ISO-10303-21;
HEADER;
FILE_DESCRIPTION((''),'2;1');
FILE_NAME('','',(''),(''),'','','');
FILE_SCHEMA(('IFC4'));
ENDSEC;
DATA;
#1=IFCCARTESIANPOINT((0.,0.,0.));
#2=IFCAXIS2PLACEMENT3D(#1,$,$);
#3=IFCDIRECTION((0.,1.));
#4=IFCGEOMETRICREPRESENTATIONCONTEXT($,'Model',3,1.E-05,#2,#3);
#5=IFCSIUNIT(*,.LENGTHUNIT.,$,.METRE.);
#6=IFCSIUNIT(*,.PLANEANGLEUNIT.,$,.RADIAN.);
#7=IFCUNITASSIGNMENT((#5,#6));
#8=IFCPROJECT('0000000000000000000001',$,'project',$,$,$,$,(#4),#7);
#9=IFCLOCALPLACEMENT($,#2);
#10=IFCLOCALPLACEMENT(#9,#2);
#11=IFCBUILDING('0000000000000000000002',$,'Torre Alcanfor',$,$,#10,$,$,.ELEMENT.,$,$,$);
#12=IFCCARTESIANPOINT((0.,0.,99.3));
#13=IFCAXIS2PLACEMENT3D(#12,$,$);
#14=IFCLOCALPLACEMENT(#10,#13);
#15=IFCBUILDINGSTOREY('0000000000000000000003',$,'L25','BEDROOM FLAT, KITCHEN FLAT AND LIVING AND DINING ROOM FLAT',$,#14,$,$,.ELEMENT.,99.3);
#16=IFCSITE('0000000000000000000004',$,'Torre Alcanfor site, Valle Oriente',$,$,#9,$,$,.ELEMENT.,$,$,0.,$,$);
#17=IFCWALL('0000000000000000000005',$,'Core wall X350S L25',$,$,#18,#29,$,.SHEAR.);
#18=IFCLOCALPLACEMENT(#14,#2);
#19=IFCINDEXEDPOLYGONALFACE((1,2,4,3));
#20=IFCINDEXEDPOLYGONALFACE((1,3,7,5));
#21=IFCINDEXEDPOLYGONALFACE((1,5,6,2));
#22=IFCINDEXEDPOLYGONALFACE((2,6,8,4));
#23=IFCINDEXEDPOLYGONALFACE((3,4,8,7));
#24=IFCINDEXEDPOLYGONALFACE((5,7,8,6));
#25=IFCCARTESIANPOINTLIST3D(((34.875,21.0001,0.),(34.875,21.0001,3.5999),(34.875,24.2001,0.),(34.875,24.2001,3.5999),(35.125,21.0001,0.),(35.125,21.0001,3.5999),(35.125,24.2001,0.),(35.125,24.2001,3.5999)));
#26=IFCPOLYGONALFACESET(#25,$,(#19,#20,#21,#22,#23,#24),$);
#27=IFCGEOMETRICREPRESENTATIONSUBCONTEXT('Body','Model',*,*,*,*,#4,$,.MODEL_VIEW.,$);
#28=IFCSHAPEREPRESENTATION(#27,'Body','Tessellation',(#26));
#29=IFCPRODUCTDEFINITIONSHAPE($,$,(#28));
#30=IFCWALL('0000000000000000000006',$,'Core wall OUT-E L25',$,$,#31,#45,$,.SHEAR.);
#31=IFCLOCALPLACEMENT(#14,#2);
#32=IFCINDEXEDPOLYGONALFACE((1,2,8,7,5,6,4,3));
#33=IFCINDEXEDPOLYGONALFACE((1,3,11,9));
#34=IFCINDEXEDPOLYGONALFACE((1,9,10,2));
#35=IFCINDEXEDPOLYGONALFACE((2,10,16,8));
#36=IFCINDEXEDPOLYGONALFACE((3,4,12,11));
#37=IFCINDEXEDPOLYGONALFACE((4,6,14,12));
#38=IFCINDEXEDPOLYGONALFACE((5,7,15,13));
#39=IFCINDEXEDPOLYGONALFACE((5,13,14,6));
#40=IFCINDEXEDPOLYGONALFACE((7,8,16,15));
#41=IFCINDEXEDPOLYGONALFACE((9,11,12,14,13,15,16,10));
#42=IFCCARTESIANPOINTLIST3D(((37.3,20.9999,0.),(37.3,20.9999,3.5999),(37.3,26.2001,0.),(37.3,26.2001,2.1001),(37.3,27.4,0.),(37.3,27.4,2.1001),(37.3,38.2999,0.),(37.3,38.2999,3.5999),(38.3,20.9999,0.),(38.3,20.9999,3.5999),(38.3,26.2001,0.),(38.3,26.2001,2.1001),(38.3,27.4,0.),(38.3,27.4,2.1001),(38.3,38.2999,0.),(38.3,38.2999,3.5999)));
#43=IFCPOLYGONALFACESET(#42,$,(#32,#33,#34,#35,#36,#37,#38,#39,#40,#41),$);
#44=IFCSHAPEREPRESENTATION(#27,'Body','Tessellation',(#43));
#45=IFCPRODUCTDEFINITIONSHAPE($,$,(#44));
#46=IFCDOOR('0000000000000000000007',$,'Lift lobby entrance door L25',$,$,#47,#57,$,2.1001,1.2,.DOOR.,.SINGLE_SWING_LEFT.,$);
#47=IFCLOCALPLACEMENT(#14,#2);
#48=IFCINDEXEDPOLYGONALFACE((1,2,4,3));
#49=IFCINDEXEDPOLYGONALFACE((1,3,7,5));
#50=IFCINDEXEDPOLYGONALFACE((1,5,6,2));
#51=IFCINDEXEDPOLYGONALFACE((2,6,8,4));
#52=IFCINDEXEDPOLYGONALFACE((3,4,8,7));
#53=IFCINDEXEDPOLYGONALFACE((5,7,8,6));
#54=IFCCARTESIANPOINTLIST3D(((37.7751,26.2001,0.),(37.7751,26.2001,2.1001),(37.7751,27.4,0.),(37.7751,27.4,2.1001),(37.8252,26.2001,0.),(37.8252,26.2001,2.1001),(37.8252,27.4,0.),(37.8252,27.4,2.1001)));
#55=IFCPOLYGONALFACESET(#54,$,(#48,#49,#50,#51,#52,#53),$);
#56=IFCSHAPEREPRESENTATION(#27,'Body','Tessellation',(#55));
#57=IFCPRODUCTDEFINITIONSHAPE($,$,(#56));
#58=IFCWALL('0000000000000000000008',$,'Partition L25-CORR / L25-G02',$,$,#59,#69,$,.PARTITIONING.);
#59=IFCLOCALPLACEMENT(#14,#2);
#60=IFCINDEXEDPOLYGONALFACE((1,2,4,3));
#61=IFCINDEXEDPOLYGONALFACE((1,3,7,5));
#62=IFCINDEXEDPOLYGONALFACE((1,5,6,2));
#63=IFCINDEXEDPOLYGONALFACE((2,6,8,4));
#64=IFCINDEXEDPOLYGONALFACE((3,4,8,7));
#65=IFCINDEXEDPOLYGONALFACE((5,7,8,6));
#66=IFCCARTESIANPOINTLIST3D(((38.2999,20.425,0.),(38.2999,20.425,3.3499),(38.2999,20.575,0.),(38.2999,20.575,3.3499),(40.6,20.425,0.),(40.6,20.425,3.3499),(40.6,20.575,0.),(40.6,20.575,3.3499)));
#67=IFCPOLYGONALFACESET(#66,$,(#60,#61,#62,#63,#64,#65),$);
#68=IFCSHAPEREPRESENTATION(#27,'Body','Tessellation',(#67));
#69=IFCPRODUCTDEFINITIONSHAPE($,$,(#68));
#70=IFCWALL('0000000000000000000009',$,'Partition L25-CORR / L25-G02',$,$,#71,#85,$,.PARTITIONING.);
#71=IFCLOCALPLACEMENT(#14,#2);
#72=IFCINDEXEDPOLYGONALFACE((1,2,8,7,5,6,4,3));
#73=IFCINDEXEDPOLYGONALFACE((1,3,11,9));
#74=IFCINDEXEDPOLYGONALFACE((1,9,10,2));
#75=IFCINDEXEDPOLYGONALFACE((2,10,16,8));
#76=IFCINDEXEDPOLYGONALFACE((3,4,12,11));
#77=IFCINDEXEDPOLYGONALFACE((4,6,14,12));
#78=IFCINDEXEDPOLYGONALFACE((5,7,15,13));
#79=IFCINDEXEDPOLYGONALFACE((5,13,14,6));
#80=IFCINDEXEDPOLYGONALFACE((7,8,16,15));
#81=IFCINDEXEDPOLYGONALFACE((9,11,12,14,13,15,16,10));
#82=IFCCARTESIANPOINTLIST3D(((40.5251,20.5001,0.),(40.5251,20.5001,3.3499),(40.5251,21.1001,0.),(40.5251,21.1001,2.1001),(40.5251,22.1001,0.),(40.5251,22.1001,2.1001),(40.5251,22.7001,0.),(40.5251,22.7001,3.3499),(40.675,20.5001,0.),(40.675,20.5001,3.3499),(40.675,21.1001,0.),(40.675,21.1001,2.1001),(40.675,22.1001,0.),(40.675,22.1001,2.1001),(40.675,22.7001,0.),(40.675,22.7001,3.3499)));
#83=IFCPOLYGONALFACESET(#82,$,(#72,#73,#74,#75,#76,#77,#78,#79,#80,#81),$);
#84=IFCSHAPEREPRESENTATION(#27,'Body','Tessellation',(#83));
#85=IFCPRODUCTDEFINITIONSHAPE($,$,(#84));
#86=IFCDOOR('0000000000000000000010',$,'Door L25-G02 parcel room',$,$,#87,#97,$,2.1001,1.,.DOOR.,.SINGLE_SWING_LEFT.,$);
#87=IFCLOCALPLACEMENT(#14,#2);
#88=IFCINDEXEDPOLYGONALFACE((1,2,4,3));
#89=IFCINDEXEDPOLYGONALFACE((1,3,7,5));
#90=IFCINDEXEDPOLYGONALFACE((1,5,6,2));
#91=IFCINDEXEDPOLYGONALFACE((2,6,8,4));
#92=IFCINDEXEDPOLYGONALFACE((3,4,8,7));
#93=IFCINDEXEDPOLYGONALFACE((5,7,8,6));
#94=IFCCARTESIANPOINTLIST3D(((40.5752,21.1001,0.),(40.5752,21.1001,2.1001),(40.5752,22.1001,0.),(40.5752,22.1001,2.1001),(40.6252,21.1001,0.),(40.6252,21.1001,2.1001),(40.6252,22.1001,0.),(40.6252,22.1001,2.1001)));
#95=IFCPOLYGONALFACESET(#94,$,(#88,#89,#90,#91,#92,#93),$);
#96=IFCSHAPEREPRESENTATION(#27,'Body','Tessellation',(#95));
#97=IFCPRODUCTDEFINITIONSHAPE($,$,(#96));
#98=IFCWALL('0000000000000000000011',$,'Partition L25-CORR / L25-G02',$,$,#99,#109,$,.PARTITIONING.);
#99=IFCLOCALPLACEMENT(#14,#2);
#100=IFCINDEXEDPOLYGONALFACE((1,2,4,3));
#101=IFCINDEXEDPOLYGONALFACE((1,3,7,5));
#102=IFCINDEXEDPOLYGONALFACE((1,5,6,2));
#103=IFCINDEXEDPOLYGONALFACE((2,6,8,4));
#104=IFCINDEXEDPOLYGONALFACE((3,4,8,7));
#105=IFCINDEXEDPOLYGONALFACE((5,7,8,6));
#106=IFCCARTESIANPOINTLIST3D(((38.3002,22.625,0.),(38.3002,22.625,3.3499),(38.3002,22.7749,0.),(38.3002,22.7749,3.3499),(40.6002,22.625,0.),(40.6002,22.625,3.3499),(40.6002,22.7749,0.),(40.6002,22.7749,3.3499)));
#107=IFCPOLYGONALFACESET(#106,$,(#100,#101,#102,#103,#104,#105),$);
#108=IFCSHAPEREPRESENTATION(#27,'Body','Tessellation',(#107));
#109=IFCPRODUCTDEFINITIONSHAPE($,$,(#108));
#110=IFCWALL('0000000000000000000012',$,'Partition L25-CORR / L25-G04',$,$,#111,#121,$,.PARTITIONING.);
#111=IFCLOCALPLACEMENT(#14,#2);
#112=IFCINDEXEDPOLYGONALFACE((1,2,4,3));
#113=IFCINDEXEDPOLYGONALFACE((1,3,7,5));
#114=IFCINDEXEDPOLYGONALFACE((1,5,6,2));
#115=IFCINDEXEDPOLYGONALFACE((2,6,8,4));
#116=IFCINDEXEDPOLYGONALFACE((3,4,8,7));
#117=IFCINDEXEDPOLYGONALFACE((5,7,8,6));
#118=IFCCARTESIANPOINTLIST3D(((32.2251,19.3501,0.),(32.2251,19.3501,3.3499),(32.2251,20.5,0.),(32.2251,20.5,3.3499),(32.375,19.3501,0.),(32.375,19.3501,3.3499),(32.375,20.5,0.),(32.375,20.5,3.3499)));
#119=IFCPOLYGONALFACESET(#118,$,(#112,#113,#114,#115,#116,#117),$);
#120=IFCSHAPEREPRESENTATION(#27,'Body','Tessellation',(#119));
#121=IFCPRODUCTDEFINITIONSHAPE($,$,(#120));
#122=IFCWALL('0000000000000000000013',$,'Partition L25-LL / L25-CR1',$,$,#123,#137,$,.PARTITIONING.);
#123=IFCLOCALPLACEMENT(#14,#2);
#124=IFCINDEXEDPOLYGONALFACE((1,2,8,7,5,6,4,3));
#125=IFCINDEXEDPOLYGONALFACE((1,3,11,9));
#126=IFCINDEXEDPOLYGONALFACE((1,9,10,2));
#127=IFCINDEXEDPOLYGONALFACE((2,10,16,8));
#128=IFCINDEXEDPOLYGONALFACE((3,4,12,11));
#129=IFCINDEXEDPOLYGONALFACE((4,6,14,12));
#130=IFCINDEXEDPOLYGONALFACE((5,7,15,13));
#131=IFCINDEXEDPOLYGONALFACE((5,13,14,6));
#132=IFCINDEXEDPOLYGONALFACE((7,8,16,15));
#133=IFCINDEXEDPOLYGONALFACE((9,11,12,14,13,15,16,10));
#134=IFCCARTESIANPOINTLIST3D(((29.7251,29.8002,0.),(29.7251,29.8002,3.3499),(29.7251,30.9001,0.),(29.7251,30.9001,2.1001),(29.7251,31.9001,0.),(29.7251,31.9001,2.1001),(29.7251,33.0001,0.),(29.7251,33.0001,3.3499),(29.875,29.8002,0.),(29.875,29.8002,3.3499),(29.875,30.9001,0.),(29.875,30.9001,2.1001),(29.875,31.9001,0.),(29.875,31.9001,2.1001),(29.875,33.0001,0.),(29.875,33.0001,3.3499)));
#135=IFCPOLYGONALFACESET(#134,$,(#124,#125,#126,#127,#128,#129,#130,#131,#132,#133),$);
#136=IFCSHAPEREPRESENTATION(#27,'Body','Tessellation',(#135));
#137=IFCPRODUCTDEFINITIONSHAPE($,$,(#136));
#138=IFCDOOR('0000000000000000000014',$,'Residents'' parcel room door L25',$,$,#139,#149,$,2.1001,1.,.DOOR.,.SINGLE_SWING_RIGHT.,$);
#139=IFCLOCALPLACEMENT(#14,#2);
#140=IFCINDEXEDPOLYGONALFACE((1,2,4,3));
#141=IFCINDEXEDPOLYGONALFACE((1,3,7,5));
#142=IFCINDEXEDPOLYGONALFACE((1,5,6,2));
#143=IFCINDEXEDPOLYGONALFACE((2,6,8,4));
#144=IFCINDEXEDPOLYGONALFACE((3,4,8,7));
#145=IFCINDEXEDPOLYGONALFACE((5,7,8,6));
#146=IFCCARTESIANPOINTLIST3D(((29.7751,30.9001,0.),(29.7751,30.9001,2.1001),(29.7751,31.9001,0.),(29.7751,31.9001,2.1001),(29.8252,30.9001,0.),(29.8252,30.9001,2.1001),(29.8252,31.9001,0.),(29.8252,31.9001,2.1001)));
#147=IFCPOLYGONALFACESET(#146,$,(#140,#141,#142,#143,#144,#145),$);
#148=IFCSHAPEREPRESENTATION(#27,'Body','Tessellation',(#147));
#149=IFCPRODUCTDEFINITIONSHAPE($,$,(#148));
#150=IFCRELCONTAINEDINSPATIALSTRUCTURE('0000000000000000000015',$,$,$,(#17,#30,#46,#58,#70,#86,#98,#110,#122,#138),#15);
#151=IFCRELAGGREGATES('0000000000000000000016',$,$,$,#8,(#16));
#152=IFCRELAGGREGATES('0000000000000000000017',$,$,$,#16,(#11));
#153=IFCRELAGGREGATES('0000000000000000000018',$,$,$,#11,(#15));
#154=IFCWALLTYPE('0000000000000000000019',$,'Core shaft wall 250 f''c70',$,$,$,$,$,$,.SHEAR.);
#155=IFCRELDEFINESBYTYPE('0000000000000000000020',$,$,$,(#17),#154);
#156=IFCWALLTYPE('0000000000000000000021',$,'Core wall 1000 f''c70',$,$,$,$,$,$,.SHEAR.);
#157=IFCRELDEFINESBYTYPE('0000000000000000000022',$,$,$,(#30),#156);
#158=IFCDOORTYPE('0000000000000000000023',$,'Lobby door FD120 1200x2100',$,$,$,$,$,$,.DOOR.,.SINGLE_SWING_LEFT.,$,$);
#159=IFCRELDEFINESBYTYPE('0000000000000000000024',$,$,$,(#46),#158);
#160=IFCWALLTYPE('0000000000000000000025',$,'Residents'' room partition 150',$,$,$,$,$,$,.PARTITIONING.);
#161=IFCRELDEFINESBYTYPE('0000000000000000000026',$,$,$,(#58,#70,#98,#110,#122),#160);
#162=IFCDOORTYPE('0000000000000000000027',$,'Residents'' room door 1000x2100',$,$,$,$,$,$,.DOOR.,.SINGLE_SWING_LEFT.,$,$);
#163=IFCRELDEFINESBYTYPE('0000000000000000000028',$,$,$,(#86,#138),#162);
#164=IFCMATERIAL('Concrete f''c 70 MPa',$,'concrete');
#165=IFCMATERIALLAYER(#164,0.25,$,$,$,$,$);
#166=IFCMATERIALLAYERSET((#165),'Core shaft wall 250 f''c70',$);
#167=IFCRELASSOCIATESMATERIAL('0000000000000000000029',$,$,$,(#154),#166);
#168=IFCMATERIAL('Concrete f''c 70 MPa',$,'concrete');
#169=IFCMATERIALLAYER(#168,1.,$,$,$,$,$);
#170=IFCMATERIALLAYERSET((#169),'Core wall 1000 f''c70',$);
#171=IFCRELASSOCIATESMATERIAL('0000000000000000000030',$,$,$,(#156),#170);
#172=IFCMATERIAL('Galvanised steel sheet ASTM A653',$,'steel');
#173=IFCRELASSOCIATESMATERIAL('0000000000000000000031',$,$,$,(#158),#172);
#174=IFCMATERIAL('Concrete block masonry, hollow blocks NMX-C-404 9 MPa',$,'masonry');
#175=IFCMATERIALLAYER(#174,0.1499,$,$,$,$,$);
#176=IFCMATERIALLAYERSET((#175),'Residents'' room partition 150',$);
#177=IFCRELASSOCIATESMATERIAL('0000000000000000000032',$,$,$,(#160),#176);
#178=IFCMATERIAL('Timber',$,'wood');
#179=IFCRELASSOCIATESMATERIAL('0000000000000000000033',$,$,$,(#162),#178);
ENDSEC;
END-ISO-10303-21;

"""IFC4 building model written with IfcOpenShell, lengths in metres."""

from ifc_helpers import new_model, si_unit, direction, frame, frame_2d, origin, place, context, subcontext, project, spatial, rectangle, extrude, material, layer, layer_set, type_object, element, fill, save


model = new_model("IFC4")

# Units and contexts
model_context = context("Model", 3, precision=1e-05, world=origin(), true_north=direction((0.0, 1.0)))
body_context = subcontext(model_context, "Body", "Model", "MODEL_VIEW")
ifc_project = project(units=[si_unit("LENGTHUNIT", "METRE"), si_unit("PLANEANGLEUNIT", "RADIAN")], contexts=[model_context])

# Site, building, storey
site_placement = place(None, origin())
site = spatial("IfcSite", under=ifc_project, at=site_placement, Name="Torre Alcanfor site, Valle Oriente", CompositionType="ELEMENT", RefElevation=0.0)
building_placement = place(site_placement, origin())
building = spatial("IfcBuilding", under=site, at=building_placement, Name="Torre Alcanfor", CompositionType="ELEMENT")
storey_placement = place(building_placement, frame((0.0, 0.0, 99.3)))
storey = spatial("IfcBuildingStorey", under=building, at=storey_placement, Name="L25", Description="BEDROOM FLAT, KITCHEN FLAT AND LIVING AND DINING ROOM FLAT", CompositionType="ELEMENT", Elevation=99.3)

# Wall
ifc_material_1 = material(Name="Concrete f'c 70 MPa", Category="concrete")
ifc_layer_1 = layer(ifc_material_1, 0.25)
ifc_layer_set_1 = layer_set([ifc_layer_1], Name="Core shaft wall 250 f'c70")
wall_type_1 = type_object("IfcWallType", Name="Core shaft wall 250 f'c70", PredefinedType="SHEAR", material=ifc_layer_set_1)
for number, where, z_axis, x_axis, name in (
    (1, (35.0, 21.0, 0.0), (0.0, 0.0, 1.0), (0.0, 1.0, 0.0), "Core wall X350S L25"),
):
    element("IfcWall", number, at=place(storey_placement, frame(where, z_axis=z_axis, x_axis=x_axis)), inside=storey, type_object=wall_type_1, Name=name, PredefinedType="SHEAR", context=body_context, shape_type="SweptSolid", body=[
        extrude(rectangle(XDim=3.2, YDim=0.25, at=frame_2d((1.6001, 0.0))), origin(), (0.0, 0.0, 1.0), 3.5999),
    ])

# Wall, opening, door
ifc_material_2 = material(Name="Concrete f'c 70 MPa", Category="concrete")
ifc_layer_2 = layer(ifc_material_2, 1.0)
ifc_layer_set_2 = layer_set([ifc_layer_2], Name="Core wall 1000 f'c70")
wall_type_2 = type_object("IfcWallType", Name="Core wall 1000 f'c70", PredefinedType="SHEAR", material=ifc_layer_set_2)
wall_1_placement = place(storey_placement, frame((37.8, 21.0, 0.0), z_axis=(0.0, 0.0, 1.0), x_axis=(0.0, 1.0, 0.0)))
wall_1 = element("IfcWall", 2, at=wall_1_placement, inside=storey, type_object=wall_type_2, Name="Core wall OUT-E L25", PredefinedType="SHEAR", context=body_context, shape_type="SweptSolid", body=[
    extrude(rectangle(XDim=17.3, YDim=1.0, at=frame_2d((8.6499, 0.0))), origin(), (0.0, 0.0, 1.0), 3.5999),
])
opening_1_placement = place(wall_1_placement, frame((5.2, 0.0, 0.0)))
opening_1 = element("IfcOpeningElement", 3, at=opening_1_placement, cuts=wall_1, PredefinedType="OPENING", context=body_context, shape_type="SweptSolid", body=[
    extrude(rectangle(XDim=1.2, YDim=2.1001, at=frame_2d((0.6001, 1.05))), frame((0.0, 0.51, 0.0), z_axis=(0.0, -1.0, 0.0), x_axis=(1.0, 0.0, 0.0)), (0.0, 0.0, 1.0), 1.02),
])
ifc_material_3 = material(Name="Galvanised steel sheet ASTM A653", Category="steel")
door_type_1 = type_object("IfcDoorType", Name="Lobby door FD120 1200x2100", OperationType="SINGLE_SWING_LEFT", PredefinedType="DOOR", material=ifc_material_3)
door_1_placement = place(opening_1_placement, origin())
door_1 = element("IfcDoor", 4, at=door_1_placement, inside=storey, type_object=door_type_1, Name="Lift lobby entrance door L25", OperationType="SINGLE_SWING_LEFT", OverallHeight=2.1001, OverallWidth=1.2, PredefinedType="DOOR", context=body_context, shape_type="SweptSolid", body=[
    extrude(rectangle(XDim=1.2, YDim=2.1001, at=frame_2d((0.6001, 1.05))), frame((0.0, 0.0249, 0.0), z_axis=(0.0, -1.0, 0.0), x_axis=(1.0, 0.0, 0.0)), (0.0, 0.0, 1.0), 0.05),
])
fill(opening_1, door_1)

# Wall
ifc_material_4 = material(Name="Concrete block masonry, hollow blocks NMX-C-404 9 MPa", Category="masonry")
ifc_layer_3 = layer(ifc_material_4, 0.1499)
ifc_layer_set_3 = layer_set([ifc_layer_3], Name="Residents' room partition 150")
wall_type_3 = type_object("IfcWallType", Name="Residents' room partition 150", PredefinedType="PARTITIONING", material=ifc_layer_set_3)
wall_2_placement = place(storey_placement, frame((38.3, 20.5, 0.0), z_axis=(0.0, 0.0, 1.0), x_axis=(1.0, 0.0, 0.0)))
element("IfcWall", 5, at=wall_2_placement, inside=storey, type_object=wall_type_3, Name="Partition L25-CORR / L25-G02", PredefinedType="PARTITIONING", context=body_context, shape_type="SweptSolid", body=[
    extrude(rectangle(XDim=2.3, YDim=0.1499, at=frame_2d((1.1499, 0.0))), origin(), (0.0, 0.0, 1.0), 3.3499),
])

# Wall, opening, door
wall_3_placement = place(storey_placement, frame((40.6001, 20.5, 0.0), z_axis=(0.0, 0.0, 1.0), x_axis=(0.0, 1.0, 0.0)))
wall_3 = element("IfcWall", 6, at=wall_3_placement, inside=storey, type_object=wall_type_3, Name="Partition L25-CORR / L25-G02", PredefinedType="PARTITIONING", context=body_context, shape_type="SweptSolid", body=[
    extrude(rectangle(XDim=2.2, YDim=0.1499, at=frame_2d((1.1001, 0.0))), origin(), (0.0, 0.0, 1.0), 3.3499),
])
opening_2_placement = place(wall_3_placement, frame((0.6001, 0.0, 0.0)))
opening_2 = element("IfcOpeningElement", 7, at=opening_2_placement, cuts=wall_3, PredefinedType="OPENING", context=body_context, shape_type="SweptSolid", body=[
    extrude(rectangle(XDim=1.0, YDim=2.1001, at=frame_2d((0.5, 1.05))), frame((0.0, 0.085, 0.0), z_axis=(0.0, -1.0, 0.0), x_axis=(1.0, 0.0, 0.0)), (0.0, 0.0, 1.0), 0.1699),
])
ifc_material_5 = material(Name="Timber", Category="wood")
door_type_2 = type_object("IfcDoorType", Name="Residents' room door 1000x2100", OperationType="SINGLE_SWING_LEFT", PredefinedType="DOOR", material=ifc_material_5)
door_2_placement = place(opening_2_placement, origin())
door_2 = element("IfcDoor", 8, at=door_2_placement, inside=storey, type_object=door_type_2, Name="Door L25-G02 parcel room", OperationType="SINGLE_SWING_LEFT", OverallHeight=2.1001, OverallWidth=1.0, PredefinedType="DOOR", context=body_context, shape_type="SweptSolid", body=[
    extrude(rectangle(XDim=1.0, YDim=2.1001, at=frame_2d((0.5, 1.05))), frame((0.0, 0.0249, 0.0), z_axis=(0.0, -1.0, 0.0), x_axis=(1.0, 0.0, 0.0)), (0.0, 0.0, 1.0), 0.05),
])
fill(opening_2, door_2)

# Walls
wall_4_placement = place(storey_placement, frame((40.6001, 22.7, 0.0), z_axis=(0.0, 0.0, 1.0), x_axis=(-1.0, 0.0, 0.0)))
element("IfcWall", 9, at=wall_4_placement, inside=storey, type_object=wall_type_3, Name="Partition L25-CORR / L25-G02", PredefinedType="PARTITIONING", context=body_context, shape_type="SweptSolid", body=[
    extrude(rectangle(XDim=2.3, YDim=0.1499, at=frame_2d((1.1499, 0.0))), origin(), (0.0, 0.0, 1.0), 3.3499),
])
wall_5_placement = place(storey_placement, frame((32.3, 19.3501, 0.0), z_axis=(0.0, 0.0, 1.0), x_axis=(0.0, 1.0, 0.0)))
element("IfcWall", 10, at=wall_5_placement, inside=storey, type_object=wall_type_3, Name="Partition L25-CORR / L25-G04", PredefinedType="PARTITIONING", context=body_context, shape_type="SweptSolid", body=[
    extrude(rectangle(XDim=1.1499, YDim=0.1499, at=frame_2d((0.575, 0.0))), origin(), (0.0, 0.0, 1.0), 3.3499),
])

# Wall, opening, door
wall_6_placement = place(storey_placement, frame((29.8, 29.8, 0.0), z_axis=(0.0, 0.0, 1.0), x_axis=(0.0, 1.0, 0.0)))
wall_6 = element("IfcWall", 11, at=wall_6_placement, inside=storey, type_object=wall_type_3, Name="Partition L25-LL / L25-CR1", PredefinedType="PARTITIONING", context=body_context, shape_type="SweptSolid", body=[
    extrude(rectangle(XDim=3.2, YDim=0.1499, at=frame_2d((1.6001, 0.0))), origin(), (0.0, 0.0, 1.0), 3.3499),
])
opening_3_placement = place(wall_6_placement, frame((1.1001, 0.0, 0.0)))
opening_3 = element("IfcOpeningElement", 12, at=opening_3_placement, cuts=wall_6, PredefinedType="OPENING", context=body_context, shape_type="SweptSolid", body=[
    extrude(rectangle(XDim=1.0, YDim=2.1001, at=frame_2d((0.5, 1.05))), frame((0.0, 0.085, 0.0), z_axis=(0.0, -1.0, 0.0), x_axis=(1.0, 0.0, 0.0)), (0.0, 0.0, 1.0), 0.1699),
])
door_3_placement = place(opening_3_placement, frame((1.0, 0.0, 0.0), z_axis=(0.0, 0.0, 1.0), x_axis=(-1.0, 0.0, 0.0)))
door_3 = element("IfcDoor", 13, at=door_3_placement, inside=storey, type_object=door_type_2, Name="Residents' parcel room door L25", OperationType="SINGLE_SWING_RIGHT", OverallHeight=2.1001, OverallWidth=1.0, PredefinedType="DOOR", context=body_context, shape_type="SweptSolid", body=[
    extrude(rectangle(XDim=1.0, YDim=2.1001, at=frame_2d((0.5, 1.05))), frame((0.0, 0.0251, 0.0), z_axis=(0.0, -1.0, 0.0), x_axis=(1.0, 0.0, 0.0)), (0.0, 0.0, 1.0), 0.05),
])
fill(opening_3, door_3)

save(model, "model.ifc")
